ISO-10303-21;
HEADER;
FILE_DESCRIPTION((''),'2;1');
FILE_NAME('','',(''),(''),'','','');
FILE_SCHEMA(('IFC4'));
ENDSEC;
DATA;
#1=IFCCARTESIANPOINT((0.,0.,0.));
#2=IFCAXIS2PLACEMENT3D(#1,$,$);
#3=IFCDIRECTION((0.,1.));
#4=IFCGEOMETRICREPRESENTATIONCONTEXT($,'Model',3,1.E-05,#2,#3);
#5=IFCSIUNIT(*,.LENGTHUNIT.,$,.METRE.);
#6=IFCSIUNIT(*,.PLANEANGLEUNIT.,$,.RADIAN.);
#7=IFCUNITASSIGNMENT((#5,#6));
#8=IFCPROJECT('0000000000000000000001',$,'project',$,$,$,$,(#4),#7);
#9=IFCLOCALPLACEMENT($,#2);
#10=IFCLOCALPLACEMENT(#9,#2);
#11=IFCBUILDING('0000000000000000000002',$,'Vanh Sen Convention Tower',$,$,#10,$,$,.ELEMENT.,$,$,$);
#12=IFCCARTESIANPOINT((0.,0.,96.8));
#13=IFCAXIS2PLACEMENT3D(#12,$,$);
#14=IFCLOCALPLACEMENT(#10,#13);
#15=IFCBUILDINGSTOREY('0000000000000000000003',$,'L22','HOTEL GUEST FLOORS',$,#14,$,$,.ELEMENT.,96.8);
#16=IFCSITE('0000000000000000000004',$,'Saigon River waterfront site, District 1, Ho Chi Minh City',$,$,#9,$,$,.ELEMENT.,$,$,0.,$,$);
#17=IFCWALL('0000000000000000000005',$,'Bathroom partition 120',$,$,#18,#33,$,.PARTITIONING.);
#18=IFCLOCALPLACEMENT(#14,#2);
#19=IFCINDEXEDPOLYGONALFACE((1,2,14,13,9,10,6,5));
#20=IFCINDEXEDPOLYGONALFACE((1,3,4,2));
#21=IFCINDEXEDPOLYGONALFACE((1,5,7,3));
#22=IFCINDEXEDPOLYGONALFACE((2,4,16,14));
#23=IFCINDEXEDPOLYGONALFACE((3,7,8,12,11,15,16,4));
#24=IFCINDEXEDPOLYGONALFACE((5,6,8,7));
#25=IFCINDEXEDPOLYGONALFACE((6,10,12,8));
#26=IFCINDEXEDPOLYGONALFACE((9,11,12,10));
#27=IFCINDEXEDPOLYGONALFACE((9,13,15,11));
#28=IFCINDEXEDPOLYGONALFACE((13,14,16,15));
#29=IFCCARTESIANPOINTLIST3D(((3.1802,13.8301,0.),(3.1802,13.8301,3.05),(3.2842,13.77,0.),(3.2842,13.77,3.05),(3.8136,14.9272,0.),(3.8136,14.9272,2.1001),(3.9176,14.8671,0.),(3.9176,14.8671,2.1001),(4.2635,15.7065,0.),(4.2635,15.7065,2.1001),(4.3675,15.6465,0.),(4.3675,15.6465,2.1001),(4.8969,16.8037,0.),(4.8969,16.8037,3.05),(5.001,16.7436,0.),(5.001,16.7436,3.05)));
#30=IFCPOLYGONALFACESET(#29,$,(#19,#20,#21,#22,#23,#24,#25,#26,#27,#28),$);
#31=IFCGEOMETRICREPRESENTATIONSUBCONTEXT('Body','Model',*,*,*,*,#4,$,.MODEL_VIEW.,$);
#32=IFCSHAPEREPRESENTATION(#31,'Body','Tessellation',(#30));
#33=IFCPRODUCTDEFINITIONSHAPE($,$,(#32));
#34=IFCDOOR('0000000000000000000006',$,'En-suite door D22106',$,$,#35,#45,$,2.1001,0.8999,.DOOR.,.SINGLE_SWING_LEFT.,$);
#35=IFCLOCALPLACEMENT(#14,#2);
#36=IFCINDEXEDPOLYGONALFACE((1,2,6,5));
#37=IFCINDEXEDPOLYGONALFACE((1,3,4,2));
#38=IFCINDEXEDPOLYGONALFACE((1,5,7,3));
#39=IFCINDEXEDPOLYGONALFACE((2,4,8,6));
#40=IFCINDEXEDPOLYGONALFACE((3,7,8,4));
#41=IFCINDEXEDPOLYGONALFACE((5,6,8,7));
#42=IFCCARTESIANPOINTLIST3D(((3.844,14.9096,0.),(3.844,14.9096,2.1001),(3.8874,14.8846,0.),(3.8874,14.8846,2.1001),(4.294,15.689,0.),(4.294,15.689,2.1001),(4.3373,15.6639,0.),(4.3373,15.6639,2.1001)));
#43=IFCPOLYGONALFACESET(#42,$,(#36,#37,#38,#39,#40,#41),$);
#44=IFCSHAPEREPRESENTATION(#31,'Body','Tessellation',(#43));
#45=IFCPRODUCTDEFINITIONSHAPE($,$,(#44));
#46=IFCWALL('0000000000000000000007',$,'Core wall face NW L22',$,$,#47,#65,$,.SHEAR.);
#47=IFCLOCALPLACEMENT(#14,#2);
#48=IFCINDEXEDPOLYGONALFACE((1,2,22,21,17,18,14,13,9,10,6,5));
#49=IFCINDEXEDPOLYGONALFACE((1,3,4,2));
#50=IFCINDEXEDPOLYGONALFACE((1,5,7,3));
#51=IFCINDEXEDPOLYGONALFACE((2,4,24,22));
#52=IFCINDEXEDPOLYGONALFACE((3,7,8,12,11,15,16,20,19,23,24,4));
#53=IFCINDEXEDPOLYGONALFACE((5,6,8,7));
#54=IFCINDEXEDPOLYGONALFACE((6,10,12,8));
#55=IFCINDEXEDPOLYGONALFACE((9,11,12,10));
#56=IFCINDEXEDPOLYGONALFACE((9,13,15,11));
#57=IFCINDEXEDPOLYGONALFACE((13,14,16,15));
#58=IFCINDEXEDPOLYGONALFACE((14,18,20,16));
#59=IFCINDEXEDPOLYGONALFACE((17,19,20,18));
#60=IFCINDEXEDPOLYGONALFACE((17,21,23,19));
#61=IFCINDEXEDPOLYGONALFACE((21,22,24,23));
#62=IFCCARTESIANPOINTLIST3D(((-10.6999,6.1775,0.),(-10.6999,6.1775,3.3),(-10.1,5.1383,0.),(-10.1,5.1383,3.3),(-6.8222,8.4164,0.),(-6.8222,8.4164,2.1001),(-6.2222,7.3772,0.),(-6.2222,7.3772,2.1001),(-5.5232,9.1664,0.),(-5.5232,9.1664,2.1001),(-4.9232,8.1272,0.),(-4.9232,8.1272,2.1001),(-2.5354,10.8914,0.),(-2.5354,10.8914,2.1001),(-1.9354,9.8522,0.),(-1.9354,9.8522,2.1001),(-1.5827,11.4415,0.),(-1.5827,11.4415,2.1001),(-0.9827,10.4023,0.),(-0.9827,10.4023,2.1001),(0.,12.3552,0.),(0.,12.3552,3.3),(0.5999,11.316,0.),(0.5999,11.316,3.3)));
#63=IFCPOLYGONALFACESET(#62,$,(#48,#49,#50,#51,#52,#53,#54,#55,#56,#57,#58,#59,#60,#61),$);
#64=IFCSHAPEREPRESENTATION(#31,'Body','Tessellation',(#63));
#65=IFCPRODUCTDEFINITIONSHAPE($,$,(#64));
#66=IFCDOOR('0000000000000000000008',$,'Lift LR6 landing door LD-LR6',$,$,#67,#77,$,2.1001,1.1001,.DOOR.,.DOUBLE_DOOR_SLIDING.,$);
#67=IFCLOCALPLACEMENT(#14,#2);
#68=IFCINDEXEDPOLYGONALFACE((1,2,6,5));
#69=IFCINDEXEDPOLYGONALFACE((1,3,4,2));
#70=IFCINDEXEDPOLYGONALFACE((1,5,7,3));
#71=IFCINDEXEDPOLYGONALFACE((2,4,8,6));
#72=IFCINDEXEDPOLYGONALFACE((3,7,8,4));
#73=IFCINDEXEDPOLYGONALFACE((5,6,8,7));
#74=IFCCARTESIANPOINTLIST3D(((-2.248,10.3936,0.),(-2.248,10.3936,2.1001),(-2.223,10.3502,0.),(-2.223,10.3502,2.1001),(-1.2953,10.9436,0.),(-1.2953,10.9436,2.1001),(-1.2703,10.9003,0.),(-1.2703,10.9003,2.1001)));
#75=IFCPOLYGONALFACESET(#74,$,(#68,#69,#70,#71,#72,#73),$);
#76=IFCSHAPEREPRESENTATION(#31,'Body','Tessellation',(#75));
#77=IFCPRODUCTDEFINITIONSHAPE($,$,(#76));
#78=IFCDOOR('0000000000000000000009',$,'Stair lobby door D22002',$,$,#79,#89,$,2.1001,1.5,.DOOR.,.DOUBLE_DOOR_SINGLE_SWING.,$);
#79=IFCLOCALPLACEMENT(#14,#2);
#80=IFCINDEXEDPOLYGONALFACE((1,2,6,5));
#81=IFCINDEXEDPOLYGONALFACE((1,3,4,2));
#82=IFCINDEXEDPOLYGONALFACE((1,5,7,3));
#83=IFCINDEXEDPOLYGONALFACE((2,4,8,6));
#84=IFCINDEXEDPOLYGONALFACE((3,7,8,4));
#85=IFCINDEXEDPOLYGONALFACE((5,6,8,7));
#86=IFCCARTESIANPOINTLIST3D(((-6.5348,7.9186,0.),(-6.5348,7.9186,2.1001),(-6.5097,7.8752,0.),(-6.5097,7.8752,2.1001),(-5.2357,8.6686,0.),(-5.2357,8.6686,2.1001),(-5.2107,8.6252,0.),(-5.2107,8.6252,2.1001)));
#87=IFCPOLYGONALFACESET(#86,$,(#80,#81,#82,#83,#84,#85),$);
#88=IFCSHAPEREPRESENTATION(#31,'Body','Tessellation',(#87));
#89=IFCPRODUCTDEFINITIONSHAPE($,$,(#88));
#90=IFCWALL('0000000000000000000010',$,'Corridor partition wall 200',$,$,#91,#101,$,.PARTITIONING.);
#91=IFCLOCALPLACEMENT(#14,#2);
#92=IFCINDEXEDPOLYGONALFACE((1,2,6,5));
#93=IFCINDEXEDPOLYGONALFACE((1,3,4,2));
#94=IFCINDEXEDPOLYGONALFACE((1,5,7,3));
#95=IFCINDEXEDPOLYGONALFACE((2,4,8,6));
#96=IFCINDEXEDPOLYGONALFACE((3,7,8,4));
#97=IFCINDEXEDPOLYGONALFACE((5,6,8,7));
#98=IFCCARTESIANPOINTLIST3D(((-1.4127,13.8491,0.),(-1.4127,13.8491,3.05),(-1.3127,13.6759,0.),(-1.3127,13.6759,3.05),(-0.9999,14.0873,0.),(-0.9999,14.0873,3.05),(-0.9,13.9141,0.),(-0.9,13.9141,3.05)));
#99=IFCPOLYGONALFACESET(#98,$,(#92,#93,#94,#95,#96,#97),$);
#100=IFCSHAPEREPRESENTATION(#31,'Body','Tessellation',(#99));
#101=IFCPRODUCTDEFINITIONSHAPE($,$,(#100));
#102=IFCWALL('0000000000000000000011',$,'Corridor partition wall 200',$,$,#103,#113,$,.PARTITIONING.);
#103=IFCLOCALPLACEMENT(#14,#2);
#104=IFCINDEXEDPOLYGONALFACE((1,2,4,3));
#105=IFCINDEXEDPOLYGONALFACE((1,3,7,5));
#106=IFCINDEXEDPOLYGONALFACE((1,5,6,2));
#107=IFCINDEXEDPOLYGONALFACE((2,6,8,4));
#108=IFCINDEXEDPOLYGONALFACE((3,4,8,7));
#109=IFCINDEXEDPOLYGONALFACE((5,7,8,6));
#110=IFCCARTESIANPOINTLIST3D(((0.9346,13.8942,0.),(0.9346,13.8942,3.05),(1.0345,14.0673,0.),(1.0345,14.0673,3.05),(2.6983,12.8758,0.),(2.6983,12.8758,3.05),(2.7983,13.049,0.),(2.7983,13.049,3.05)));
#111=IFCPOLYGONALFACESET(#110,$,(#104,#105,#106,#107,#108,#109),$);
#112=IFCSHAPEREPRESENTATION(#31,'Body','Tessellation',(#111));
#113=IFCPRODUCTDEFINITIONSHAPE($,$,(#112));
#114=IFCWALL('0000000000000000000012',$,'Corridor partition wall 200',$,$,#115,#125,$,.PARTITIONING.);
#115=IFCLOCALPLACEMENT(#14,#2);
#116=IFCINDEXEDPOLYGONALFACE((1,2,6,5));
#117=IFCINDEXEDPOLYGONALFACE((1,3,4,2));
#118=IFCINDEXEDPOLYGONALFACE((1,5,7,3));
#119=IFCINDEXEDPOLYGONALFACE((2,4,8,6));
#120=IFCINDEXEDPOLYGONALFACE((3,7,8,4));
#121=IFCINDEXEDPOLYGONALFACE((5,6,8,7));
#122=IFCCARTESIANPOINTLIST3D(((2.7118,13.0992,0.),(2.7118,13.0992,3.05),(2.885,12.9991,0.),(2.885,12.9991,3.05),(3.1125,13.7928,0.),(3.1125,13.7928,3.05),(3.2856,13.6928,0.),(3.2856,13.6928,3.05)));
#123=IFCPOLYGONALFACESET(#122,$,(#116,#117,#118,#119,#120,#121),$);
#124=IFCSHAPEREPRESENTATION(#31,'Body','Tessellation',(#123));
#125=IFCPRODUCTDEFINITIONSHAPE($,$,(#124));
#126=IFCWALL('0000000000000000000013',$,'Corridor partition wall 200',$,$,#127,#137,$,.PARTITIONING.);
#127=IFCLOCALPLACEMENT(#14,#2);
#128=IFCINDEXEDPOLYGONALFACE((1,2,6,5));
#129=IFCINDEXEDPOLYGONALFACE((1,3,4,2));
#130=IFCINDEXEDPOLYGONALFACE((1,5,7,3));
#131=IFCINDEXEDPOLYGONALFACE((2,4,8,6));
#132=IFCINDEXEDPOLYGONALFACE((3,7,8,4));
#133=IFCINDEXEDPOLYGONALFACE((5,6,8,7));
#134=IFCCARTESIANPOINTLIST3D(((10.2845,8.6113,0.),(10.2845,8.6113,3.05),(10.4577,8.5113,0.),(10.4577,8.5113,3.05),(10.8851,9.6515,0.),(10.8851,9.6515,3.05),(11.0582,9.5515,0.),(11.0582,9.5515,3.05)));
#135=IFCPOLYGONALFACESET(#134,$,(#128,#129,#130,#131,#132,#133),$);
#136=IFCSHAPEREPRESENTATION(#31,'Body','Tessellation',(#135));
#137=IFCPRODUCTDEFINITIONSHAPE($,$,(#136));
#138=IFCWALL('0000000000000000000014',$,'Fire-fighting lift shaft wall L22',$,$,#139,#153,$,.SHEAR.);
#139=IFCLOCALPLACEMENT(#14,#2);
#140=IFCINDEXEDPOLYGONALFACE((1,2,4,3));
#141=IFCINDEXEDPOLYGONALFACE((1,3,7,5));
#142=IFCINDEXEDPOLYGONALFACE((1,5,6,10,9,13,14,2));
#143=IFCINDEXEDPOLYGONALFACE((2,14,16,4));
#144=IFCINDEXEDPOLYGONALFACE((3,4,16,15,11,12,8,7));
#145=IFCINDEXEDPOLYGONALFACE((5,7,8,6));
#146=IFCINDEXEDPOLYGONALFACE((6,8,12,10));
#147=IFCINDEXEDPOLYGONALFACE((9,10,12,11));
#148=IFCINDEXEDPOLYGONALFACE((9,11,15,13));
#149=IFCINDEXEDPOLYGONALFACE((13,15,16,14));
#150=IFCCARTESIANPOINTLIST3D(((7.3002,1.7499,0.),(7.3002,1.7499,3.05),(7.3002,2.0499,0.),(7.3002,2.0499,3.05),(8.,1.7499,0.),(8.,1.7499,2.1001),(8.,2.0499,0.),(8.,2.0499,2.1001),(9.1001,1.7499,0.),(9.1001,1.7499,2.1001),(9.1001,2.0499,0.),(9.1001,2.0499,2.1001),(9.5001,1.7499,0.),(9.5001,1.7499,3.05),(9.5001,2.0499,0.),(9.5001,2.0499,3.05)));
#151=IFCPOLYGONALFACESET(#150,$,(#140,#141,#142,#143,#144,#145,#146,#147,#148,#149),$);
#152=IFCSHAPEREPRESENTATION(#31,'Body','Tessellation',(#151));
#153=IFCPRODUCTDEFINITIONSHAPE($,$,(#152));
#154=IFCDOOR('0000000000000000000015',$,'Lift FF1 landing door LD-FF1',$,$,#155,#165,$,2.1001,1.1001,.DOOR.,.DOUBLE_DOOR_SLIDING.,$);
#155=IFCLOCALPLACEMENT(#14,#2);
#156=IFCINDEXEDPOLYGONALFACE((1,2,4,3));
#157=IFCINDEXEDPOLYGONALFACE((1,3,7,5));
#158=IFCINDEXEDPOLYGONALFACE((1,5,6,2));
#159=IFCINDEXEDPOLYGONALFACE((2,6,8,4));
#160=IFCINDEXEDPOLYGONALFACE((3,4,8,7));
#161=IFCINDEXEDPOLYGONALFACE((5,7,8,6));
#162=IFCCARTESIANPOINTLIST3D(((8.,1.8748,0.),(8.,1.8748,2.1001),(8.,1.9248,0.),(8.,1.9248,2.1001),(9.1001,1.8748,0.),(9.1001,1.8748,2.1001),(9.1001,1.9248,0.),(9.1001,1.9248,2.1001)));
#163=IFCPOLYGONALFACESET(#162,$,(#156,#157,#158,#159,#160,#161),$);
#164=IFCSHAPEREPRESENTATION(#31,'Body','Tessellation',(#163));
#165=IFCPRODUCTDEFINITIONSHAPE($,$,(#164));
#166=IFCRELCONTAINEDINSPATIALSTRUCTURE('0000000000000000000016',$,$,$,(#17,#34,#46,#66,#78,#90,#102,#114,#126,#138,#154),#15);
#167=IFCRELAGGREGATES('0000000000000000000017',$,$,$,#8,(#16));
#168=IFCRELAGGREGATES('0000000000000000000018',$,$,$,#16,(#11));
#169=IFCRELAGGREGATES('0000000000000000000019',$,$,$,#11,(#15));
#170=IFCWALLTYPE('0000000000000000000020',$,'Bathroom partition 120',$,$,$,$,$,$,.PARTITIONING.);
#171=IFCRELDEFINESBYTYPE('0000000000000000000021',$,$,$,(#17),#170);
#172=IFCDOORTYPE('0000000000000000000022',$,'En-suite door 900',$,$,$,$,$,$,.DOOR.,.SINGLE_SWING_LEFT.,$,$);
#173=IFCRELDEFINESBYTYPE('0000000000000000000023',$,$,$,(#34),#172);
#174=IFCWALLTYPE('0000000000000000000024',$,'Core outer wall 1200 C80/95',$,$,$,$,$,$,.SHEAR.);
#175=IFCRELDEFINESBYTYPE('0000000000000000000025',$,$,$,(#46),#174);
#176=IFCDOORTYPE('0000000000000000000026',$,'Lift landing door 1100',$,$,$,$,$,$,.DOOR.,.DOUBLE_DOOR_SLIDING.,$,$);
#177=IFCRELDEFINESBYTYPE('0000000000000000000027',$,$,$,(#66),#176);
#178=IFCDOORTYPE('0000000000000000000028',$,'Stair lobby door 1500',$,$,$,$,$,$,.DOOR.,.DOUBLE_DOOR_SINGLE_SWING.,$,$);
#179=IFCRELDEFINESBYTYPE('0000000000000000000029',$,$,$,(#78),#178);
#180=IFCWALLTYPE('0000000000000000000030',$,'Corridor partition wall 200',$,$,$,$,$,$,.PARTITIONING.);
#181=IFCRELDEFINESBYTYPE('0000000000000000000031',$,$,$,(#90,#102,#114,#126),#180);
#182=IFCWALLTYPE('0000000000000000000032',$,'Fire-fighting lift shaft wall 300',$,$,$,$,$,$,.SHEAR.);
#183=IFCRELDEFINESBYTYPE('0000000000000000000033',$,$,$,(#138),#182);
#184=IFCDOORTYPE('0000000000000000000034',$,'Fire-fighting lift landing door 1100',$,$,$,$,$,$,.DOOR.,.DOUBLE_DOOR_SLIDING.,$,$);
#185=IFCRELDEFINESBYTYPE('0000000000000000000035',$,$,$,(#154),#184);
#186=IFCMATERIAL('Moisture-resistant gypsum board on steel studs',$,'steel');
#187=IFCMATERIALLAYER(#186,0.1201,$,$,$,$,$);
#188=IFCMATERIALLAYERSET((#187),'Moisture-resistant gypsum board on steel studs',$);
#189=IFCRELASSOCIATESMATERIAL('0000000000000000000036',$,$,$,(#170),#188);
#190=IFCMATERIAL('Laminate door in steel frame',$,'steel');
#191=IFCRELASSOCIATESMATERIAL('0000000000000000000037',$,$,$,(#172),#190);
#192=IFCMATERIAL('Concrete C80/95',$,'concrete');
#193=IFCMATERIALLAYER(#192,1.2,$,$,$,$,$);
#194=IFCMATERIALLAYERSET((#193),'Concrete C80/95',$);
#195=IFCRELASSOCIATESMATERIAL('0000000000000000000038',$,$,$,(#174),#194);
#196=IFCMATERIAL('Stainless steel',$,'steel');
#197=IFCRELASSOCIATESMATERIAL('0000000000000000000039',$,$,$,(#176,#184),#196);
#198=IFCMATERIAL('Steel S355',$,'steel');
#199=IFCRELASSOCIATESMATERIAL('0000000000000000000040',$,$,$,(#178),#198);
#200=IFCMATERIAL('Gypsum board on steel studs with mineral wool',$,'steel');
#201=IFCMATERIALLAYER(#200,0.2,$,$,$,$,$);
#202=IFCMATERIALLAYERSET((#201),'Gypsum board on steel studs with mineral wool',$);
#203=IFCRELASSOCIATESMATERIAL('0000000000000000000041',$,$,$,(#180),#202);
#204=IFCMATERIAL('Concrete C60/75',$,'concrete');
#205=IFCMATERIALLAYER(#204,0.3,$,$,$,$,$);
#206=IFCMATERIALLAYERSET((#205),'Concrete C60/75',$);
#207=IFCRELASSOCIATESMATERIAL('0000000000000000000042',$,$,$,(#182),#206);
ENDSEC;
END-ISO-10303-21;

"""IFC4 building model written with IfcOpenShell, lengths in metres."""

from ifc_helpers import new_model, si_unit, direction, frame, frame_2d, origin, place, context, subcontext, project, spatial, rectangle, extrude, material, layer, layer_set, type_object, element, fill, save


model = new_model("IFC4")

# Units and contexts
model_context = context("Model", 3, precision=1e-05, world=origin(), true_north=direction((0.0, 1.0)))
body_context = subcontext(model_context, "Body", "Model", "MODEL_VIEW")
ifc_project = project(units=[si_unit("LENGTHUNIT", "METRE"), si_unit("PLANEANGLEUNIT", "RADIAN")], contexts=[model_context])

# Site, building, storey
site_placement = place(None, origin())
site = spatial("IfcSite", under=ifc_project, at=site_placement, Name="Saigon River waterfront site, District 1, Ho Chi Minh City", CompositionType="ELEMENT", RefElevation=0.0)
building_placement = place(site_placement, origin())
building = spatial("IfcBuilding", under=site, at=building_placement, Name="Vanh Sen Convention Tower", CompositionType="ELEMENT")
storey_placement = place(building_placement, frame((0.0, 0.0, 96.8)))
storey = spatial("IfcBuildingStorey", under=building, at=storey_placement, Name="L22", Description="HOTEL GUEST FLOORS", CompositionType="ELEMENT", Elevation=96.8)

# Wall, opening, door
ifc_material_1 = material(Name="Moisture-resistant gypsum board on steel studs", Category="steel")
ifc_layer_1 = layer(ifc_material_1, 0.1201)
ifc_layer_set_1 = layer_set([ifc_layer_1], Name="Moisture-resistant gypsum board on steel studs")
wall_type_1 = type_object("IfcWallType", Name="Bathroom partition 120", PredefinedType="PARTITIONING", material=ifc_layer_set_1)
wall_1_placement = place(storey_placement, frame((3.2322, 13.8, 0.0), z_axis=(0.0, 0.0, 1.0), x_axis=(0.499993, 0.866029, 0.0)))
wall_1 = element("IfcWall", 1, at=wall_1_placement, inside=storey, type_object=wall_type_1, Name="Bathroom partition 120", PredefinedType="PARTITIONING", context=body_context, shape_type="SweptSolid", body=[
    extrude(rectangle(XDim=3.4336, YDim=0.1201, at=frame_2d((1.7168, 0.0))), origin(), (0.0, 0.0, 1.0), 3.05),
])
opening_1_placement = place(wall_1_placement, frame((1.2668, 0.0, 0.0)))
opening_1 = element("IfcOpeningElement", 2, at=opening_1_placement, cuts=wall_1, PredefinedType="OPENING", context=body_context, shape_type="SweptSolid", body=[
    extrude(rectangle(XDim=0.8999, YDim=2.1001, at=frame_2d((0.45, 1.05))), frame((0.0, 0.0701, 0.0), z_axis=(0.0, -1.0, 0.0), x_axis=(1.0, 0.0, 0.0)), (0.0, 0.0, 1.0), 0.1401),
])
ifc_material_2 = material(Name="Laminate door in steel frame", Category="steel")
door_type_1 = type_object("IfcDoorType", Name="En-suite door 900", OperationType="SINGLE_SWING_LEFT", PredefinedType="DOOR", material=ifc_material_2)
door_1_placement = place(opening_1_placement, origin())
door_1 = element("IfcDoor", 3, at=door_1_placement, inside=storey, type_object=door_type_1, Name="En-suite door D22106", OperationType="SINGLE_SWING_LEFT", OverallHeight=2.1001, OverallWidth=0.8999, PredefinedType="DOOR", context=body_context, shape_type="SweptSolid", body=[
    extrude(rectangle(XDim=0.8999, YDim=2.1001, at=frame_2d((0.45, 1.05))), frame((0.0, 0.0249, 0.0), z_axis=(0.0, -1.0, 0.0), x_axis=(1.0, 0.0, 0.0)), (0.0, 0.0, 1.0), 0.05),
])
fill(opening_1, door_1)

# Wall, openings, doors
ifc_material_3 = material(Name="Concrete C80/95", Category="concrete")
ifc_layer_2 = layer(ifc_material_3, 1.2)
ifc_layer_set_2 = layer_set([ifc_layer_2], Name="Concrete C80/95")
wall_type_2 = type_object("IfcWallType", Name="Core outer wall 1200 C80/95", PredefinedType="SHEAR", material=ifc_layer_set_2)
wall_2_placement = place(storey_placement, frame((0.3, 11.8357, 0.0), z_axis=(0.0, 0.0, 1.0), x_axis=(-0.866021, -0.500007, 0.0)))
wall_2 = element("IfcWall", 4, at=wall_2_placement, inside=storey, type_object=wall_type_2, Name="Core wall face NW L22", PredefinedType="SHEAR", context=body_context, shape_type="SweptSolid", body=[
    extrude(rectangle(XDim=12.3552, YDim=1.2, at=frame_2d((6.1777, 0.0))), origin(), (0.0, 0.0, 1.0), 3.3),
])
opening_2_placement = place(wall_2_placement, frame((6.3777, 0.0, 0.0)))
opening_2 = element("IfcOpeningElement", 5, at=opening_2_placement, cuts=wall_2, PredefinedType="OPENING", context=body_context, shape_type="SweptSolid", body=[
    extrude(rectangle(XDim=1.5, YDim=2.1001, at=frame_2d((0.75, 1.05))), frame((0.0, 0.6099, 0.0), z_axis=(0.0, -1.0, 0.0), x_axis=(1.0, 0.0, 0.0)), (0.0, 0.0, 1.0), 1.22),
])
opening_3_placement = place(wall_2_placement, frame((1.8276, 0.0, 0.0)))
opening_3 = element("IfcOpeningElement", 6, at=opening_3_placement, cuts=wall_2, PredefinedType="OPENING", context=body_context, shape_type="SweptSolid", body=[
    extrude(rectangle(XDim=1.1001, YDim=2.1001, at=frame_2d((0.55, 1.05))), frame((0.0, 0.6099, 0.0), z_axis=(0.0, -1.0, 0.0), x_axis=(1.0, 0.0, 0.0)), (0.0, 0.0, 1.0), 1.22),
])
ifc_material_4 = material(Name="Stainless steel", Category="steel")
door_type_2 = type_object("IfcDoorType", Name="Lift landing door 1100", OperationType="DOUBLE_DOOR_SLIDING", PredefinedType="DOOR", material=ifc_material_4)
door_2_placement = place(opening_3_placement, origin())
door_2 = element("IfcDoor", 7, at=door_2_placement, inside=storey, type_object=door_type_2, Name="Lift LR6 landing door LD-LR6", OperationType="DOUBLE_DOOR_SLIDING", OverallHeight=2.1001, OverallWidth=1.1001, PredefinedType="DOOR", context=body_context, shape_type="SweptSolid", body=[
    extrude(rectangle(XDim=1.1001, YDim=2.1001, at=frame_2d((0.55, 1.05))), frame((0.0, 0.0249, 0.0), z_axis=(0.0, -1.0, 0.0), x_axis=(1.0, 0.0, 0.0)), (0.0, 0.0, 1.0), 0.05),
])
fill(opening_3, door_2)
ifc_material_5 = material(Name="Steel S355", Category="steel")
door_type_3 = type_object("IfcDoorType", Name="Stair lobby door 1500", OperationType="DOUBLE_DOOR_SINGLE_SWING", PredefinedType="DOOR", material=ifc_material_5)
door_3_placement = place(opening_2_placement, origin())
door_3 = element("IfcDoor", 8, at=door_3_placement, inside=storey, type_object=door_type_3, Name="Stair lobby door D22002", OperationType="DOUBLE_DOOR_SINGLE_SWING", OverallHeight=2.1001, OverallWidth=1.5, PredefinedType="DOOR", context=body_context, shape_type="SweptSolid", body=[
    extrude(rectangle(XDim=1.5, YDim=2.1001, at=frame_2d((0.75, 1.05))), frame((0.0, 0.0249, 0.0), z_axis=(0.0, -1.0, 0.0), x_axis=(1.0, 0.0, 0.0)), (0.0, 0.0, 1.0), 0.05),
])
fill(opening_2, door_3)

# Walls
ifc_material_6 = material(Name="Gypsum board on steel studs with mineral wool", Category="steel")
ifc_layer_3 = layer(ifc_material_6, 0.2)
ifc_layer_set_3 = layer_set([ifc_layer_3], Name="Gypsum board on steel studs with mineral wool")
wall_type_3 = type_object("IfcWallType", Name="Corridor partition wall 200", PredefinedType="PARTITIONING", material=ifc_layer_set_3)
wall_3_placement = place(storey_placement, frame((-0.95, 14.0007, 0.0), z_axis=(0.0, 0.0, 1.0), x_axis=(-0.866092, -0.499885, 0.0)))
element("IfcWall", 9, at=wall_3_placement, inside=storey, type_object=wall_type_3, Name="Corridor partition wall 200", PredefinedType="PARTITIONING", context=body_context, shape_type="SweptSolid", body=[
    extrude(rectangle(XDim=0.4766, YDim=0.2, at=frame_2d((0.2383, 0.0))), origin(), (0.0, 0.0, 1.0), 3.05),
])
wall_4_placement = place(storey_placement, frame((2.7483, 12.9624, 0.0), z_axis=(0.0, 0.0, 1.0), x_axis=(-0.866014, 0.50002, 0.0)))
element("IfcWall", 10, at=wall_4_placement, inside=storey, type_object=wall_type_3, Name="Corridor partition wall 200", PredefinedType="PARTITIONING", context=body_context, shape_type="SweptSolid", body=[
    extrude(rectangle(XDim=2.0366, YDim=0.2, at=frame_2d((1.0183, 0.0))), origin(), (0.0, 0.0, 1.0), 3.05),
])
wall_5_placement = place(storey_placement, frame((3.199, 13.7427, 0.0), z_axis=(0.0, 0.0, 1.0), x_axis=(-0.500171, -0.865927, 0.0)))
element("IfcWall", 11, at=wall_5_placement, inside=storey, type_object=wall_type_3, Name="Corridor partition wall 200", PredefinedType="PARTITIONING", context=body_context, shape_type="SweptSolid", body=[
    extrude(rectangle(XDim=0.801, YDim=0.2, at=frame_2d((0.4004, 0.0))), origin(), (0.0, 0.0, 1.0), 3.05),
])
wall_6_placement = place(storey_placement, frame((10.3711, 8.5613, 0.0), z_axis=(0.0, 0.0, 1.0), x_axis=(0.499986, 0.866033, 0.0)))
element("IfcWall", 12, at=wall_6_placement, inside=storey, type_object=wall_type_3, Name="Corridor partition wall 200", PredefinedType="PARTITIONING", context=body_context, shape_type="SweptSolid", body=[
    extrude(rectangle(XDim=1.2012, YDim=0.2, at=frame_2d((0.6006, 0.0))), origin(), (0.0, 0.0, 1.0), 3.05),
])

# Wall, opening, door
ifc_material_7 = material(Name="Concrete C60/75", Category="concrete")
ifc_layer_4 = layer(ifc_material_7, 0.3)
ifc_layer_set_4 = layer_set([ifc_layer_4], Name="Concrete C60/75")
wall_type_4 = type_object("IfcWallType", Name="Fire-fighting lift shaft wall 300", PredefinedType="SHEAR", material=ifc_layer_set_4)
wall_7_placement = place(storey_placement, frame((7.3, 1.8999, 0.0), z_axis=(0.0, 0.0, 1.0), x_axis=(1.0, 0.0, 0.0)))
wall_7 = element("IfcWall", 13, at=wall_7_placement, inside=storey, type_object=wall_type_4, Name="Fire-fighting lift shaft wall L22", PredefinedType="SHEAR", context=body_context, shape_type="SweptSolid", body=[
    extrude(rectangle(XDim=2.2, YDim=0.3, at=frame_2d((1.1001, 0.0))), origin(), (0.0, 0.0, 1.0), 3.05),
])
opening_4_placement = place(wall_7_placement, frame((0.7, 0.0, 0.0)))
opening_4 = element("IfcOpeningElement", 14, at=opening_4_placement, cuts=wall_7, PredefinedType="OPENING", context=body_context, shape_type="SweptSolid", body=[
    extrude(rectangle(XDim=1.1001, YDim=2.1001, at=frame_2d((0.55, 1.05))), frame((0.0, 0.1599, 0.0), z_axis=(0.0, -1.0, 0.0), x_axis=(1.0, 0.0, 0.0)), (0.0, 0.0, 1.0), 0.3201),
])
door_type_4 = type_object("IfcDoorType", Name="Fire-fighting lift landing door 1100", OperationType="DOUBLE_DOOR_SLIDING", PredefinedType="DOOR", material=ifc_material_4)
door_4_placement = place(opening_4_placement, origin())
door_4 = element("IfcDoor", 15, at=door_4_placement, inside=storey, type_object=door_type_4, Name="Lift FF1 landing door LD-FF1", OperationType="DOUBLE_DOOR_SLIDING", OverallHeight=2.1001, OverallWidth=1.1001, PredefinedType="DOOR", context=body_context, shape_type="SweptSolid", body=[
    extrude(rectangle(XDim=1.1001, YDim=2.1001, at=frame_2d((0.55, 1.05))), frame((0.0, 0.0249, 0.0), z_axis=(0.0, -1.0, 0.0), x_axis=(1.0, 0.0, 0.0)), (0.0, 0.0, 1.0), 0.05),
])
fill(opening_4, door_4)

save(model, "model.ifc")
